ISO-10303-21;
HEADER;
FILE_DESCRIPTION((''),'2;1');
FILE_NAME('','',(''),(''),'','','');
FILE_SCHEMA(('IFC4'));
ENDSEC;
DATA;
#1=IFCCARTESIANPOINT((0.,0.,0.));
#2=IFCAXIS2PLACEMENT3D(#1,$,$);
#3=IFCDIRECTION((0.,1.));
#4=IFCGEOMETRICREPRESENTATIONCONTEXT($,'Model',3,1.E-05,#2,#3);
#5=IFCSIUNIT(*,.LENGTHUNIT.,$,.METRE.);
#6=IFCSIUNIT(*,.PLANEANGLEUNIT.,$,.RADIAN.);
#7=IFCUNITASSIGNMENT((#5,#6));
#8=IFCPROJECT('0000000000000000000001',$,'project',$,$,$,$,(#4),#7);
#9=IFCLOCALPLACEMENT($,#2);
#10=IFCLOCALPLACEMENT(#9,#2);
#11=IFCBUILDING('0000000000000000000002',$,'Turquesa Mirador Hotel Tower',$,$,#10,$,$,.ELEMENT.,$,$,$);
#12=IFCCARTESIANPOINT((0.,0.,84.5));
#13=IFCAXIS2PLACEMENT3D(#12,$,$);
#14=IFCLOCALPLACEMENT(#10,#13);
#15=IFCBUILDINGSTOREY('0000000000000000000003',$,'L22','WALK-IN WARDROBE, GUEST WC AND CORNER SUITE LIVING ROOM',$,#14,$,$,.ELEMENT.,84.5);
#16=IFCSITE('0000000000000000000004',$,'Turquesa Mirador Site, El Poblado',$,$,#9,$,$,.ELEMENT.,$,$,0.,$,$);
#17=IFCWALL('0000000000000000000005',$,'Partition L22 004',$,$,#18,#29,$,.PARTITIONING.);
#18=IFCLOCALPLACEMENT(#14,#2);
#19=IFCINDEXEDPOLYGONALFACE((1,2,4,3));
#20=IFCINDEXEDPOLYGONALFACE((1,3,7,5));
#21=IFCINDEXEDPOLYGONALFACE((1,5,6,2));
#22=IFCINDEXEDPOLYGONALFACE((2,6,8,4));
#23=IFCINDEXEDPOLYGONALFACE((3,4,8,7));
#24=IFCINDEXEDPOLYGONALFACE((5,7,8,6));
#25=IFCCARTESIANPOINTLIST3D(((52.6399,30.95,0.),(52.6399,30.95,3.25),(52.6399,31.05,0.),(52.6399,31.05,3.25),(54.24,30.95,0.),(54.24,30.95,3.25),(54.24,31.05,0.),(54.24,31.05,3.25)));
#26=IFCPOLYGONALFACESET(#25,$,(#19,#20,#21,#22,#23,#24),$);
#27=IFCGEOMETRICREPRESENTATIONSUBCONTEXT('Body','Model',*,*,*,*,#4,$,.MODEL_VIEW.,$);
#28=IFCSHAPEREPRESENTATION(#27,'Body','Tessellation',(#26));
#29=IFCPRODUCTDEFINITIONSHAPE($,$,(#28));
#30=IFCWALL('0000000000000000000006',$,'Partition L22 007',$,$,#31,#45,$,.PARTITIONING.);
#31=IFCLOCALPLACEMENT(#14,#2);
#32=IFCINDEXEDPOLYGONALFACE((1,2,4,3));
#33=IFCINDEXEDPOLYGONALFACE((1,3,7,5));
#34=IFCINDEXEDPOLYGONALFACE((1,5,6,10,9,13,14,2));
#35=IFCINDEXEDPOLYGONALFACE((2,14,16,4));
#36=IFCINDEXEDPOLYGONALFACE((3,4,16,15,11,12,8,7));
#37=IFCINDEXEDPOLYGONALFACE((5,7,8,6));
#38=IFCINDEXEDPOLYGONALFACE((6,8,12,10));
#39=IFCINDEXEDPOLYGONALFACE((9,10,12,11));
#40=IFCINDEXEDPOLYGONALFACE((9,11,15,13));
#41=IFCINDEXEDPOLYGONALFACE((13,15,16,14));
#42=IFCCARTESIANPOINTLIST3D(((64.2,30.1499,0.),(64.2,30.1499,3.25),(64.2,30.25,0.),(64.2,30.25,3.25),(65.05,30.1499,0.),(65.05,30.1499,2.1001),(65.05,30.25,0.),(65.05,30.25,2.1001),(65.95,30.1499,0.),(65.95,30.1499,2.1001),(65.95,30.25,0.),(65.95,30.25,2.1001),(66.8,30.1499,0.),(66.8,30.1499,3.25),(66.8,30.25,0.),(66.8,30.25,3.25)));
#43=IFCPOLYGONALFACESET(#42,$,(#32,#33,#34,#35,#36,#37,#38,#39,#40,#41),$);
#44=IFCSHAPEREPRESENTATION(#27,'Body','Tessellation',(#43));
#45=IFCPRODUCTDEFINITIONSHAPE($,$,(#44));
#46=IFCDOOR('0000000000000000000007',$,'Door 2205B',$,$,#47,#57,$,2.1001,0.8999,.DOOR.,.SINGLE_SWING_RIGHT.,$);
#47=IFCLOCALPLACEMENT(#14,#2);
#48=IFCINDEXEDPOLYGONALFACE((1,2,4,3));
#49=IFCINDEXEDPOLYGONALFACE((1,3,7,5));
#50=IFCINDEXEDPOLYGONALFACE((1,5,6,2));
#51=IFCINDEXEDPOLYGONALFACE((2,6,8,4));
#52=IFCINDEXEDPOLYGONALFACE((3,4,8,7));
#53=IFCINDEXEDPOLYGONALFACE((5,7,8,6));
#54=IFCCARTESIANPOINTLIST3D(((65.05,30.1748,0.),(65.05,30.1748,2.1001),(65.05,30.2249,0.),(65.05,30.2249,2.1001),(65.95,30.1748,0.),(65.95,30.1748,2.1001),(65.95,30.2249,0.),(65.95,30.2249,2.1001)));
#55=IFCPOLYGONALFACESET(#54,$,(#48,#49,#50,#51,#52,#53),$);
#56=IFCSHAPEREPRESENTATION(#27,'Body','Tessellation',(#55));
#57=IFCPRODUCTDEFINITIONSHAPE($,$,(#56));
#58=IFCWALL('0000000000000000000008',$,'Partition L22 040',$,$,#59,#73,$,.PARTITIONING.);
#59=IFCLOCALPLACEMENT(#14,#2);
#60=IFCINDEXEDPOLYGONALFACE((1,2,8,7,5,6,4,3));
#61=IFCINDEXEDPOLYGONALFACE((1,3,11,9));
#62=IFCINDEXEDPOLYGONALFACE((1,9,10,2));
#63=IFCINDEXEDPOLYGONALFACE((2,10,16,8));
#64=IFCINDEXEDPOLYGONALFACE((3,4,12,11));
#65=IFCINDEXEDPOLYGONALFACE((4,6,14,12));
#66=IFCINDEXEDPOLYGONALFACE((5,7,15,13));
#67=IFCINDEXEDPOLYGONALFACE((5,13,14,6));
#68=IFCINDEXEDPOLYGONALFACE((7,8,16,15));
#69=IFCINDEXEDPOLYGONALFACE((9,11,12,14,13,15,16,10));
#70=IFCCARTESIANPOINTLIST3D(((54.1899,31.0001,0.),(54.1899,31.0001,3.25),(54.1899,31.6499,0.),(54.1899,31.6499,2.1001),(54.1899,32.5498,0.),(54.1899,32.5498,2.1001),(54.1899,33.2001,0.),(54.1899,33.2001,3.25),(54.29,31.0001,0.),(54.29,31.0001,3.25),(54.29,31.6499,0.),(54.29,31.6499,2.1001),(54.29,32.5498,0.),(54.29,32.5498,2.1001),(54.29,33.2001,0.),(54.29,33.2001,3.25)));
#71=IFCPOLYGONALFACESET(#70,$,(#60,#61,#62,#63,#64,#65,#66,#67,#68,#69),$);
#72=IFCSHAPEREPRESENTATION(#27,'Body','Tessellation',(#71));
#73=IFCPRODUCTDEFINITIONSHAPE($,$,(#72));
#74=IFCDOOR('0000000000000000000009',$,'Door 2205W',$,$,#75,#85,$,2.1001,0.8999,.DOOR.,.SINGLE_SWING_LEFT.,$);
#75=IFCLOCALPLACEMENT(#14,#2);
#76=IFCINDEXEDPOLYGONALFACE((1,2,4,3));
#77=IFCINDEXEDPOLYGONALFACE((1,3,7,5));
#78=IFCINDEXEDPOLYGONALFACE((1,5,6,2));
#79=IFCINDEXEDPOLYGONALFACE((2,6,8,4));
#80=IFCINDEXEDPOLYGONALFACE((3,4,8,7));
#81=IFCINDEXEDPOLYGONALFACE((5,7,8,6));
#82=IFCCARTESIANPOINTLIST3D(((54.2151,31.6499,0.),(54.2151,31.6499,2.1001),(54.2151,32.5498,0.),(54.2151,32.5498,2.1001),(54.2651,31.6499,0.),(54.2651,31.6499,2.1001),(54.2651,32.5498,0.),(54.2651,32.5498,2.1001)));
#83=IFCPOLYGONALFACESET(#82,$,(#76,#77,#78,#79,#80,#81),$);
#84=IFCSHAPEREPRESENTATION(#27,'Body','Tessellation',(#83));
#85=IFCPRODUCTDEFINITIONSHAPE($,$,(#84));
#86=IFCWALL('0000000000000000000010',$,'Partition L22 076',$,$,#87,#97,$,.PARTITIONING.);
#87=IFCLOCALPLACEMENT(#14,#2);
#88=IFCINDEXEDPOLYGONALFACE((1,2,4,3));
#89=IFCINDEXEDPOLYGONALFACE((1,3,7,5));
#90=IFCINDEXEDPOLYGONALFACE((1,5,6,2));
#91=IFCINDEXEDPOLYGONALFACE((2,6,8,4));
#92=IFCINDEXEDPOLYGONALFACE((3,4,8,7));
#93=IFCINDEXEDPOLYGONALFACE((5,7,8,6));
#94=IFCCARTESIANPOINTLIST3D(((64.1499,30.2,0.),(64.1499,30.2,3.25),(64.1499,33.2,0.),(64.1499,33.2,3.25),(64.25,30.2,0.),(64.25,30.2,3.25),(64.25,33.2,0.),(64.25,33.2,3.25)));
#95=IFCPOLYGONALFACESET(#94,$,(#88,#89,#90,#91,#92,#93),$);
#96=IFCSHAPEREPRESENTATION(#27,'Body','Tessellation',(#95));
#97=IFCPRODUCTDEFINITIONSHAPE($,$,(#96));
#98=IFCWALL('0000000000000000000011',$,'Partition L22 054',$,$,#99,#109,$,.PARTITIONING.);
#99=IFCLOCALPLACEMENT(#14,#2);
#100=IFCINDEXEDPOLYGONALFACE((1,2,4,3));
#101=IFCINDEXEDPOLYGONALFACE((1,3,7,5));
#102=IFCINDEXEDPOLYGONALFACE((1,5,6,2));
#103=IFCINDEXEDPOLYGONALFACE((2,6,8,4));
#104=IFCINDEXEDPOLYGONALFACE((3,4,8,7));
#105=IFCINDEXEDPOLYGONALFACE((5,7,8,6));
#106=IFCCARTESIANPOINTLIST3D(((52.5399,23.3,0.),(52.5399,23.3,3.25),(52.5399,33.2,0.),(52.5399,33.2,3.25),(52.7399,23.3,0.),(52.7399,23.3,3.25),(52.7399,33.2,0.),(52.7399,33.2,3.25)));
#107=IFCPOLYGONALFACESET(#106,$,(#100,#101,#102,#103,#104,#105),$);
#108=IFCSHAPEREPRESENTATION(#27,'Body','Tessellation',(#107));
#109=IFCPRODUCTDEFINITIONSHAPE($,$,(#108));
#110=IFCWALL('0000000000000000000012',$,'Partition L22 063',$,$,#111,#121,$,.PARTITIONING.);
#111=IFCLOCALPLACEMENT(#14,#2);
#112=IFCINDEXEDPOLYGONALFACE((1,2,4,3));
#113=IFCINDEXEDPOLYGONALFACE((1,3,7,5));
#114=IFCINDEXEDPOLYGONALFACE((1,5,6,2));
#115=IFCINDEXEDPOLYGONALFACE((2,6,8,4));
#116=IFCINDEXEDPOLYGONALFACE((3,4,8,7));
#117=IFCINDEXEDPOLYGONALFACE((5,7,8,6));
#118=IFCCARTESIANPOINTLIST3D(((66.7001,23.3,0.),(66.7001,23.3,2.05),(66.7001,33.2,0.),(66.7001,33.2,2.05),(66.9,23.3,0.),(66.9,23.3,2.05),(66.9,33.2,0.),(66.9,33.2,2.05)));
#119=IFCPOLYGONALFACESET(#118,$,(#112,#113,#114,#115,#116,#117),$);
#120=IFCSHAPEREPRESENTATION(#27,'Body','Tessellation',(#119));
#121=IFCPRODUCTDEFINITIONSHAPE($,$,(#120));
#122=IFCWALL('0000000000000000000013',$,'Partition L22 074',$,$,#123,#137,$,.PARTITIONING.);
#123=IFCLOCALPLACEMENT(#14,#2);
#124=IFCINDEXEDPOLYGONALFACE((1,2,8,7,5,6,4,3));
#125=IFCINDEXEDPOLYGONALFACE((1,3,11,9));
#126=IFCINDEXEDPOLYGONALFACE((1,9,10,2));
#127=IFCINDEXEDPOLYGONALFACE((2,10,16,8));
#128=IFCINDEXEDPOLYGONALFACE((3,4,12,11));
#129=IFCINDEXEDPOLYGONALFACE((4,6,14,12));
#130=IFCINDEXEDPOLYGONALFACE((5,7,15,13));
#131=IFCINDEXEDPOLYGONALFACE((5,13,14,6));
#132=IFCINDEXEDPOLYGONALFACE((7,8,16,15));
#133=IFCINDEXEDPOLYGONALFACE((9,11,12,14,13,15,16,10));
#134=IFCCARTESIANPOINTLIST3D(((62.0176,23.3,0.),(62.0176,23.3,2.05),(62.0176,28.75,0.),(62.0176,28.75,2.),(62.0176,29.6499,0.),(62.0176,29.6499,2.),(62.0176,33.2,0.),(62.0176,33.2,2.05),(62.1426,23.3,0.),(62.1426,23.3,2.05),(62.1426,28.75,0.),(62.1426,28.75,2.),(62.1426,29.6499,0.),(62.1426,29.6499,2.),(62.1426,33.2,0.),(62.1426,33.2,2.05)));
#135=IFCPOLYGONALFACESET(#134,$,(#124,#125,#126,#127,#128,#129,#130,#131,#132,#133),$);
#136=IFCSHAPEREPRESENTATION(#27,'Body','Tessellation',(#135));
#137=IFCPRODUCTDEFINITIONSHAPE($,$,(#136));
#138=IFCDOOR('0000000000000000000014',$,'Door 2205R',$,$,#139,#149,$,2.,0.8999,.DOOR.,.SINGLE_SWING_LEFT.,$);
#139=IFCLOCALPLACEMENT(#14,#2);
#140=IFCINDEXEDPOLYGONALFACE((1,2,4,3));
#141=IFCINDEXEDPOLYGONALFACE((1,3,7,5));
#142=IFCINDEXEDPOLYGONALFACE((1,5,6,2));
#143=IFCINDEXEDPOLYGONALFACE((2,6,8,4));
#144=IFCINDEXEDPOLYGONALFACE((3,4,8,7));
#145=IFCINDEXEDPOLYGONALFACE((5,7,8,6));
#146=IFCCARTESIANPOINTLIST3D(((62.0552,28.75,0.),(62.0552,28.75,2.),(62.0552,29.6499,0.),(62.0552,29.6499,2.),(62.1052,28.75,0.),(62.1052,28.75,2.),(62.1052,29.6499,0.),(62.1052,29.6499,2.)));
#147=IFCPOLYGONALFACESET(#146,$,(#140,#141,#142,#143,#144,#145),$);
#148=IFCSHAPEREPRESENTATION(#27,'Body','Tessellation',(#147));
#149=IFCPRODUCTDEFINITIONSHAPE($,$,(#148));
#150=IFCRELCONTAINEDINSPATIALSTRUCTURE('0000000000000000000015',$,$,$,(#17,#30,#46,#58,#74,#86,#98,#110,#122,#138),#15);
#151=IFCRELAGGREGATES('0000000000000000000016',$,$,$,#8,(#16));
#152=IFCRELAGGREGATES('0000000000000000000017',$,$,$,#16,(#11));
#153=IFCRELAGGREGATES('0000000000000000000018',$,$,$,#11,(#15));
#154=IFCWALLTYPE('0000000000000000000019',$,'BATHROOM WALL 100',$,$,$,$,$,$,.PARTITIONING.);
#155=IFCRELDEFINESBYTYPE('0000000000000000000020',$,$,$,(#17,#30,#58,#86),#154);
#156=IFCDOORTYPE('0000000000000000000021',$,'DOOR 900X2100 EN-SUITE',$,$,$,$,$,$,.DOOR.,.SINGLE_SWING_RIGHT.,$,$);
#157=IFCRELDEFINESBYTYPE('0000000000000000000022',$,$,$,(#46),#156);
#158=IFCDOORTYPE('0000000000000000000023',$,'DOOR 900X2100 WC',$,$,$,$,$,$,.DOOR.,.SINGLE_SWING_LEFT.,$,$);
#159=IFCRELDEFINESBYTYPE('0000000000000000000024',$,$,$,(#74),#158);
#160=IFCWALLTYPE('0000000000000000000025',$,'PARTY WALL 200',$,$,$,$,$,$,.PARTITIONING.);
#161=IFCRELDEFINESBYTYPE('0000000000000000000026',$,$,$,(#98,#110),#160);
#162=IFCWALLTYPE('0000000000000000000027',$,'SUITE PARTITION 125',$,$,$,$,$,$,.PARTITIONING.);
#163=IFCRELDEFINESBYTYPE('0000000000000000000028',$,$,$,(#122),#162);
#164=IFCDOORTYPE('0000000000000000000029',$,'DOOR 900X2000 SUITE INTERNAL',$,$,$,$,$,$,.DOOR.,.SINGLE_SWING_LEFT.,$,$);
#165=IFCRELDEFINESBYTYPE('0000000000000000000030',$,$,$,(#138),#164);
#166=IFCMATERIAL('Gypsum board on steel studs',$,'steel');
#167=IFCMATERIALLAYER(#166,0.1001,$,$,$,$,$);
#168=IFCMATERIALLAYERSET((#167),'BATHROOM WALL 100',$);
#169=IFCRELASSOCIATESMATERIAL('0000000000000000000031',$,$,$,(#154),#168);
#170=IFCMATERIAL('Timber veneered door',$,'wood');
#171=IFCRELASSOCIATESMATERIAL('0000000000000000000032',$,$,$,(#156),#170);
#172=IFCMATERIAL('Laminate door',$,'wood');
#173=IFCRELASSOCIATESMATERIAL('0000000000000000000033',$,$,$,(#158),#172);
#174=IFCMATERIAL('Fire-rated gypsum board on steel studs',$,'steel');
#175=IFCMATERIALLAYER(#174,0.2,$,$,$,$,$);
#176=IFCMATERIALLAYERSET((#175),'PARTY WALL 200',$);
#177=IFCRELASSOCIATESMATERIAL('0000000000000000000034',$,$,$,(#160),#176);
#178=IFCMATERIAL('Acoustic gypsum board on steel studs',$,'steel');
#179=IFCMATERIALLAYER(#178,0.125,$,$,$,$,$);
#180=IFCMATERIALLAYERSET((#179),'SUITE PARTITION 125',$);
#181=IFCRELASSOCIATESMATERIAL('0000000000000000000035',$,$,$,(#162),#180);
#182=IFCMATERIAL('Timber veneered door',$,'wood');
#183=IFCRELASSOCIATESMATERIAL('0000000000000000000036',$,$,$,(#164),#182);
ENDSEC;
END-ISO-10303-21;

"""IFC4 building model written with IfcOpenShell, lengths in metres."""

from ifc_helpers import new_model, si_unit, direction, frame, frame_2d, origin, place, context, subcontext, project, spatial, rectangle, extrude, material, layer, layer_set, type_object, element, fill, save


model = new_model("IFC4")

# Units and contexts
model_context = context("Model", 3, precision=1e-05, world=origin(), true_north=direction((0.0, 1.0)))
body_context = subcontext(model_context, "Body", "Model", "MODEL_VIEW")
ifc_project = project(units=[si_unit("LENGTHUNIT", "METRE"), si_unit("PLANEANGLEUNIT", "RADIAN")], contexts=[model_context])

# Site, building, storey
site_placement = place(None, origin())
site = spatial("IfcSite", under=ifc_project, at=site_placement, Name="Turquesa Mirador Site, El Poblado", CompositionType="ELEMENT", RefElevation=0.0)
building_placement = place(site_placement, origin())
building = spatial("IfcBuilding", under=site, at=building_placement, Name="Turquesa Mirador Hotel Tower", CompositionType="ELEMENT")
storey_placement = place(building_placement, frame((0.0, 0.0, 84.5)))
storey = spatial("IfcBuildingStorey", under=building, at=storey_placement, Name="L22", Description="WALK-IN WARDROBE, GUEST WC AND CORNER SUITE LIVING ROOM", CompositionType="ELEMENT", Elevation=84.5)

# Wall
ifc_material_1 = material(Name="Gypsum board on steel studs", Category="steel")
ifc_layer_1 = layer(ifc_material_1, 0.1001)
ifc_layer_set_1 = layer_set([ifc_layer_1], Name="BATHROOM WALL 100")
wall_type_1 = type_object("IfcWallType", Name="BATHROOM WALL 100", PredefinedType="PARTITIONING", material=ifc_layer_set_1)
wall_1_placement = place(storey_placement, frame((52.6399, 31.0, 0.0), z_axis=(0.0, 0.0, 1.0), x_axis=(1.0, 0.0, 0.0)))
element("IfcWall", 1, at=wall_1_placement, inside=storey, type_object=wall_type_1, Name="Partition L22 004", PredefinedType="PARTITIONING", context=body_context, shape_type="SweptSolid", body=[
    extrude(rectangle(XDim=1.6001, YDim=0.1001, at=frame_2d((0.8, 0.0))), origin(), (0.0, 0.0, 1.0), 3.25),
])

# Walls, openings, doors
wall_2_placement = place(storey_placement, frame((64.2, 30.2, 0.0), z_axis=(0.0, 0.0, 1.0), x_axis=(1.0, 0.0, 0.0)))
wall_2 = element("IfcWall", 2, at=wall_2_placement, inside=storey, type_object=wall_type_1, Name="Partition L22 007", PredefinedType="PARTITIONING", context=body_context, shape_type="SweptSolid", body=[
    extrude(rectangle(XDim=2.6001, YDim=0.1001, at=frame_2d((1.3, 0.0))), origin(), (0.0, 0.0, 1.0), 3.25),
])
opening_1_placement = place(wall_2_placement, frame((0.8501, 0.0, 0.0)))
opening_1 = element("IfcOpeningElement", 3, at=opening_1_placement, cuts=wall_2, PredefinedType="OPENING", context=body_context, shape_type="SweptSolid", body=[
    extrude(rectangle(XDim=0.8999, YDim=2.1001, at=frame_2d((0.45, 1.05))), frame((0.0, 0.0601, 0.0), z_axis=(0.0, -1.0, 0.0), x_axis=(1.0, 0.0, 0.0)), (0.0, 0.0, 1.0), 0.1201),
])
ifc_material_2 = material(Name="Timber veneered door", Category="wood")
door_type_1 = type_object("IfcDoorType", Name="DOOR 900X2100 EN-SUITE", OperationType="SINGLE_SWING_RIGHT", PredefinedType="DOOR", material=ifc_material_2)
door_1_placement = place(opening_1_placement, origin())
door_1 = element("IfcDoor", 4, at=door_1_placement, inside=storey, type_object=door_type_1, Name="Door 2205B", OperationType="SINGLE_SWING_RIGHT", OverallHeight=2.1001, OverallWidth=0.8999, PredefinedType="DOOR", context=body_context, shape_type="SweptSolid", body=[
    extrude(rectangle(XDim=0.8999, YDim=2.1001, at=frame_2d((0.45, 1.05))), frame((0.0, 0.0249, 0.0), z_axis=(0.0, -1.0, 0.0), x_axis=(1.0, 0.0, 0.0)), (0.0, 0.0, 1.0), 0.05),
])
fill(opening_1, door_1)
wall_3_placement = place(storey_placement, frame((54.24, 31.0, 0.0), z_axis=(0.0, 0.0, 1.0), x_axis=(0.0, 1.0, 0.0)))
wall_3 = element("IfcWall", 5, at=wall_3_placement, inside=storey, type_object=wall_type_1, Name="Partition L22 040", PredefinedType="PARTITIONING", context=body_context, shape_type="SweptSolid", body=[
    extrude(rectangle(XDim=2.2, YDim=0.1001, at=frame_2d((1.1001, 0.0))), origin(), (0.0, 0.0, 1.0), 3.25),
])
opening_2_placement = place(wall_3_placement, frame((0.6499, 0.0, 0.0)))
opening_2 = element("IfcOpeningElement", 6, at=opening_2_placement, cuts=wall_3, PredefinedType="OPENING", context=body_context, shape_type="SweptSolid", body=[
    extrude(rectangle(XDim=0.8999, YDim=2.1001, at=frame_2d((0.45, 1.05))), frame((0.0, 0.0601, 0.0), z_axis=(0.0, -1.0, 0.0), x_axis=(1.0, 0.0, 0.0)), (0.0, 0.0, 1.0), 0.1201),
])
ifc_material_3 = material(Name="Laminate door", Category="wood")
door_type_2 = type_object("IfcDoorType", Name="DOOR 900X2100 WC", OperationType="SINGLE_SWING_LEFT", PredefinedType="DOOR", material=ifc_material_3)
door_2_placement = place(opening_2_placement, origin())
door_2 = element("IfcDoor", 7, at=door_2_placement, inside=storey, type_object=door_type_2, Name="Door 2205W", OperationType="SINGLE_SWING_LEFT", OverallHeight=2.1001, OverallWidth=0.8999, PredefinedType="DOOR", context=body_context, shape_type="SweptSolid", body=[
    extrude(rectangle(XDim=0.8999, YDim=2.1001, at=frame_2d((0.45, 1.05))), frame((0.0, 0.0249, 0.0), z_axis=(0.0, -1.0, 0.0), x_axis=(1.0, 0.0, 0.0)), (0.0, 0.0, 1.0), 0.05),
])
fill(opening_2, door_2)

# Walls
wall_4_placement = place(storey_placement, frame((64.2, 30.2, 0.0), z_axis=(0.0, 0.0, 1.0), x_axis=(0.0, 1.0, 0.0)))
element("IfcWall", 8, at=wall_4_placement, inside=storey, type_object=wall_type_1, Name="Partition L22 076", PredefinedType="PARTITIONING", context=body_context, shape_type="SweptSolid", body=[
    extrude(rectangle(XDim=3.0, YDim=0.1001, at=frame_2d((1.5, 0.0))), origin(), (0.0, 0.0, 1.0), 3.25),
])
ifc_material_4 = material(Name="Fire-rated gypsum board on steel studs", Category="steel")
ifc_layer_2 = layer(ifc_material_4, 0.2)
ifc_layer_set_2 = layer_set([ifc_layer_2], Name="PARTY WALL 200")
wall_type_2 = type_object("IfcWallType", Name="PARTY WALL 200", PredefinedType="PARTITIONING", material=ifc_layer_set_2)
wall_5_placement = place(storey_placement, frame((52.6399, 23.3, 0.0), z_axis=(0.0, 0.0, 1.0), x_axis=(0.0, 1.0, 0.0)))
element("IfcWall", 9, at=wall_5_placement, inside=storey, type_object=wall_type_2, Name="Partition L22 054", PredefinedType="PARTITIONING", context=body_context, shape_type="SweptSolid", body=[
    extrude(rectangle(XDim=9.8999, YDim=0.2, at=frame_2d((4.95, 0.0))), origin(), (0.0, 0.0, 1.0), 3.25),
])
wall_6_placement = place(storey_placement, frame((66.8, 23.3, 0.0), z_axis=(0.0, 0.0, 1.0), x_axis=(0.0, 1.0, 0.0)))
element("IfcWall", 10, at=wall_6_placement, inside=storey, type_object=wall_type_2, Name="Partition L22 063", PredefinedType="PARTITIONING", context=body_context, shape_type="SweptSolid", body=[
    extrude(rectangle(XDim=9.8999, YDim=0.2, at=frame_2d((4.95, 0.0))), origin(), (0.0, 0.0, 1.0), 2.05),
])

# Wall, opening, door
ifc_material_5 = material(Name="Acoustic gypsum board on steel studs", Category="steel")
ifc_layer_3 = layer(ifc_material_5, 0.125)
ifc_layer_set_3 = layer_set([ifc_layer_3], Name="SUITE PARTITION 125")
wall_type_3 = type_object("IfcWallType", Name="SUITE PARTITION 125", PredefinedType="PARTITIONING", material=ifc_layer_set_3)
wall_7_placement = place(storey_placement, frame((62.0801, 23.3, 0.0), z_axis=(0.0, 0.0, 1.0), x_axis=(0.0, 1.0, 0.0)))
wall_7 = element("IfcWall", 11, at=wall_7_placement, inside=storey, type_object=wall_type_3, Name="Partition L22 074", PredefinedType="PARTITIONING", context=body_context, shape_type="SweptSolid", body=[
    extrude(rectangle(XDim=9.8999, YDim=0.125, at=frame_2d((4.95, 0.0))), origin(), (0.0, 0.0, 1.0), 2.05),
])
opening_3_placement = place(wall_7_placement, frame((5.45, 0.0, 0.0)))
opening_3 = element("IfcOpeningElement", 12, at=opening_3_placement, cuts=wall_7, PredefinedType="OPENING", context=body_context, shape_type="SweptSolid", body=[
    extrude(rectangle(XDim=0.8999, YDim=2.0, at=frame_2d((0.45, 1.0))), frame((0.0, 0.0725, 0.0), z_axis=(0.0, -1.0, 0.0), x_axis=(1.0, 0.0, 0.0)), (0.0, 0.0, 1.0), 0.145),
])
ifc_material_6 = material(Name="Timber veneered door", Category="wood")
door_type_3 = type_object("IfcDoorType", Name="DOOR 900X2000 SUITE INTERNAL", OperationType="SINGLE_SWING_LEFT", PredefinedType="DOOR", material=ifc_material_6)
door_3_placement = place(opening_3_placement, origin())
door_3 = element("IfcDoor", 13, at=door_3_placement, inside=storey, type_object=door_type_3, Name="Door 2205R", OperationType="SINGLE_SWING_LEFT", OverallHeight=2.0, OverallWidth=0.8999, PredefinedType="DOOR", context=body_context, shape_type="SweptSolid", body=[
    extrude(rectangle(XDim=0.8999, YDim=2.0, at=frame_2d((0.45, 1.0))), frame((0.0, 0.0249, 0.0), z_axis=(0.0, -1.0, 0.0), x_axis=(1.0, 0.0, 0.0)), (0.0, 0.0, 1.0), 0.05),
])
fill(opening_3, door_3)

save(model, "model.ifc")
